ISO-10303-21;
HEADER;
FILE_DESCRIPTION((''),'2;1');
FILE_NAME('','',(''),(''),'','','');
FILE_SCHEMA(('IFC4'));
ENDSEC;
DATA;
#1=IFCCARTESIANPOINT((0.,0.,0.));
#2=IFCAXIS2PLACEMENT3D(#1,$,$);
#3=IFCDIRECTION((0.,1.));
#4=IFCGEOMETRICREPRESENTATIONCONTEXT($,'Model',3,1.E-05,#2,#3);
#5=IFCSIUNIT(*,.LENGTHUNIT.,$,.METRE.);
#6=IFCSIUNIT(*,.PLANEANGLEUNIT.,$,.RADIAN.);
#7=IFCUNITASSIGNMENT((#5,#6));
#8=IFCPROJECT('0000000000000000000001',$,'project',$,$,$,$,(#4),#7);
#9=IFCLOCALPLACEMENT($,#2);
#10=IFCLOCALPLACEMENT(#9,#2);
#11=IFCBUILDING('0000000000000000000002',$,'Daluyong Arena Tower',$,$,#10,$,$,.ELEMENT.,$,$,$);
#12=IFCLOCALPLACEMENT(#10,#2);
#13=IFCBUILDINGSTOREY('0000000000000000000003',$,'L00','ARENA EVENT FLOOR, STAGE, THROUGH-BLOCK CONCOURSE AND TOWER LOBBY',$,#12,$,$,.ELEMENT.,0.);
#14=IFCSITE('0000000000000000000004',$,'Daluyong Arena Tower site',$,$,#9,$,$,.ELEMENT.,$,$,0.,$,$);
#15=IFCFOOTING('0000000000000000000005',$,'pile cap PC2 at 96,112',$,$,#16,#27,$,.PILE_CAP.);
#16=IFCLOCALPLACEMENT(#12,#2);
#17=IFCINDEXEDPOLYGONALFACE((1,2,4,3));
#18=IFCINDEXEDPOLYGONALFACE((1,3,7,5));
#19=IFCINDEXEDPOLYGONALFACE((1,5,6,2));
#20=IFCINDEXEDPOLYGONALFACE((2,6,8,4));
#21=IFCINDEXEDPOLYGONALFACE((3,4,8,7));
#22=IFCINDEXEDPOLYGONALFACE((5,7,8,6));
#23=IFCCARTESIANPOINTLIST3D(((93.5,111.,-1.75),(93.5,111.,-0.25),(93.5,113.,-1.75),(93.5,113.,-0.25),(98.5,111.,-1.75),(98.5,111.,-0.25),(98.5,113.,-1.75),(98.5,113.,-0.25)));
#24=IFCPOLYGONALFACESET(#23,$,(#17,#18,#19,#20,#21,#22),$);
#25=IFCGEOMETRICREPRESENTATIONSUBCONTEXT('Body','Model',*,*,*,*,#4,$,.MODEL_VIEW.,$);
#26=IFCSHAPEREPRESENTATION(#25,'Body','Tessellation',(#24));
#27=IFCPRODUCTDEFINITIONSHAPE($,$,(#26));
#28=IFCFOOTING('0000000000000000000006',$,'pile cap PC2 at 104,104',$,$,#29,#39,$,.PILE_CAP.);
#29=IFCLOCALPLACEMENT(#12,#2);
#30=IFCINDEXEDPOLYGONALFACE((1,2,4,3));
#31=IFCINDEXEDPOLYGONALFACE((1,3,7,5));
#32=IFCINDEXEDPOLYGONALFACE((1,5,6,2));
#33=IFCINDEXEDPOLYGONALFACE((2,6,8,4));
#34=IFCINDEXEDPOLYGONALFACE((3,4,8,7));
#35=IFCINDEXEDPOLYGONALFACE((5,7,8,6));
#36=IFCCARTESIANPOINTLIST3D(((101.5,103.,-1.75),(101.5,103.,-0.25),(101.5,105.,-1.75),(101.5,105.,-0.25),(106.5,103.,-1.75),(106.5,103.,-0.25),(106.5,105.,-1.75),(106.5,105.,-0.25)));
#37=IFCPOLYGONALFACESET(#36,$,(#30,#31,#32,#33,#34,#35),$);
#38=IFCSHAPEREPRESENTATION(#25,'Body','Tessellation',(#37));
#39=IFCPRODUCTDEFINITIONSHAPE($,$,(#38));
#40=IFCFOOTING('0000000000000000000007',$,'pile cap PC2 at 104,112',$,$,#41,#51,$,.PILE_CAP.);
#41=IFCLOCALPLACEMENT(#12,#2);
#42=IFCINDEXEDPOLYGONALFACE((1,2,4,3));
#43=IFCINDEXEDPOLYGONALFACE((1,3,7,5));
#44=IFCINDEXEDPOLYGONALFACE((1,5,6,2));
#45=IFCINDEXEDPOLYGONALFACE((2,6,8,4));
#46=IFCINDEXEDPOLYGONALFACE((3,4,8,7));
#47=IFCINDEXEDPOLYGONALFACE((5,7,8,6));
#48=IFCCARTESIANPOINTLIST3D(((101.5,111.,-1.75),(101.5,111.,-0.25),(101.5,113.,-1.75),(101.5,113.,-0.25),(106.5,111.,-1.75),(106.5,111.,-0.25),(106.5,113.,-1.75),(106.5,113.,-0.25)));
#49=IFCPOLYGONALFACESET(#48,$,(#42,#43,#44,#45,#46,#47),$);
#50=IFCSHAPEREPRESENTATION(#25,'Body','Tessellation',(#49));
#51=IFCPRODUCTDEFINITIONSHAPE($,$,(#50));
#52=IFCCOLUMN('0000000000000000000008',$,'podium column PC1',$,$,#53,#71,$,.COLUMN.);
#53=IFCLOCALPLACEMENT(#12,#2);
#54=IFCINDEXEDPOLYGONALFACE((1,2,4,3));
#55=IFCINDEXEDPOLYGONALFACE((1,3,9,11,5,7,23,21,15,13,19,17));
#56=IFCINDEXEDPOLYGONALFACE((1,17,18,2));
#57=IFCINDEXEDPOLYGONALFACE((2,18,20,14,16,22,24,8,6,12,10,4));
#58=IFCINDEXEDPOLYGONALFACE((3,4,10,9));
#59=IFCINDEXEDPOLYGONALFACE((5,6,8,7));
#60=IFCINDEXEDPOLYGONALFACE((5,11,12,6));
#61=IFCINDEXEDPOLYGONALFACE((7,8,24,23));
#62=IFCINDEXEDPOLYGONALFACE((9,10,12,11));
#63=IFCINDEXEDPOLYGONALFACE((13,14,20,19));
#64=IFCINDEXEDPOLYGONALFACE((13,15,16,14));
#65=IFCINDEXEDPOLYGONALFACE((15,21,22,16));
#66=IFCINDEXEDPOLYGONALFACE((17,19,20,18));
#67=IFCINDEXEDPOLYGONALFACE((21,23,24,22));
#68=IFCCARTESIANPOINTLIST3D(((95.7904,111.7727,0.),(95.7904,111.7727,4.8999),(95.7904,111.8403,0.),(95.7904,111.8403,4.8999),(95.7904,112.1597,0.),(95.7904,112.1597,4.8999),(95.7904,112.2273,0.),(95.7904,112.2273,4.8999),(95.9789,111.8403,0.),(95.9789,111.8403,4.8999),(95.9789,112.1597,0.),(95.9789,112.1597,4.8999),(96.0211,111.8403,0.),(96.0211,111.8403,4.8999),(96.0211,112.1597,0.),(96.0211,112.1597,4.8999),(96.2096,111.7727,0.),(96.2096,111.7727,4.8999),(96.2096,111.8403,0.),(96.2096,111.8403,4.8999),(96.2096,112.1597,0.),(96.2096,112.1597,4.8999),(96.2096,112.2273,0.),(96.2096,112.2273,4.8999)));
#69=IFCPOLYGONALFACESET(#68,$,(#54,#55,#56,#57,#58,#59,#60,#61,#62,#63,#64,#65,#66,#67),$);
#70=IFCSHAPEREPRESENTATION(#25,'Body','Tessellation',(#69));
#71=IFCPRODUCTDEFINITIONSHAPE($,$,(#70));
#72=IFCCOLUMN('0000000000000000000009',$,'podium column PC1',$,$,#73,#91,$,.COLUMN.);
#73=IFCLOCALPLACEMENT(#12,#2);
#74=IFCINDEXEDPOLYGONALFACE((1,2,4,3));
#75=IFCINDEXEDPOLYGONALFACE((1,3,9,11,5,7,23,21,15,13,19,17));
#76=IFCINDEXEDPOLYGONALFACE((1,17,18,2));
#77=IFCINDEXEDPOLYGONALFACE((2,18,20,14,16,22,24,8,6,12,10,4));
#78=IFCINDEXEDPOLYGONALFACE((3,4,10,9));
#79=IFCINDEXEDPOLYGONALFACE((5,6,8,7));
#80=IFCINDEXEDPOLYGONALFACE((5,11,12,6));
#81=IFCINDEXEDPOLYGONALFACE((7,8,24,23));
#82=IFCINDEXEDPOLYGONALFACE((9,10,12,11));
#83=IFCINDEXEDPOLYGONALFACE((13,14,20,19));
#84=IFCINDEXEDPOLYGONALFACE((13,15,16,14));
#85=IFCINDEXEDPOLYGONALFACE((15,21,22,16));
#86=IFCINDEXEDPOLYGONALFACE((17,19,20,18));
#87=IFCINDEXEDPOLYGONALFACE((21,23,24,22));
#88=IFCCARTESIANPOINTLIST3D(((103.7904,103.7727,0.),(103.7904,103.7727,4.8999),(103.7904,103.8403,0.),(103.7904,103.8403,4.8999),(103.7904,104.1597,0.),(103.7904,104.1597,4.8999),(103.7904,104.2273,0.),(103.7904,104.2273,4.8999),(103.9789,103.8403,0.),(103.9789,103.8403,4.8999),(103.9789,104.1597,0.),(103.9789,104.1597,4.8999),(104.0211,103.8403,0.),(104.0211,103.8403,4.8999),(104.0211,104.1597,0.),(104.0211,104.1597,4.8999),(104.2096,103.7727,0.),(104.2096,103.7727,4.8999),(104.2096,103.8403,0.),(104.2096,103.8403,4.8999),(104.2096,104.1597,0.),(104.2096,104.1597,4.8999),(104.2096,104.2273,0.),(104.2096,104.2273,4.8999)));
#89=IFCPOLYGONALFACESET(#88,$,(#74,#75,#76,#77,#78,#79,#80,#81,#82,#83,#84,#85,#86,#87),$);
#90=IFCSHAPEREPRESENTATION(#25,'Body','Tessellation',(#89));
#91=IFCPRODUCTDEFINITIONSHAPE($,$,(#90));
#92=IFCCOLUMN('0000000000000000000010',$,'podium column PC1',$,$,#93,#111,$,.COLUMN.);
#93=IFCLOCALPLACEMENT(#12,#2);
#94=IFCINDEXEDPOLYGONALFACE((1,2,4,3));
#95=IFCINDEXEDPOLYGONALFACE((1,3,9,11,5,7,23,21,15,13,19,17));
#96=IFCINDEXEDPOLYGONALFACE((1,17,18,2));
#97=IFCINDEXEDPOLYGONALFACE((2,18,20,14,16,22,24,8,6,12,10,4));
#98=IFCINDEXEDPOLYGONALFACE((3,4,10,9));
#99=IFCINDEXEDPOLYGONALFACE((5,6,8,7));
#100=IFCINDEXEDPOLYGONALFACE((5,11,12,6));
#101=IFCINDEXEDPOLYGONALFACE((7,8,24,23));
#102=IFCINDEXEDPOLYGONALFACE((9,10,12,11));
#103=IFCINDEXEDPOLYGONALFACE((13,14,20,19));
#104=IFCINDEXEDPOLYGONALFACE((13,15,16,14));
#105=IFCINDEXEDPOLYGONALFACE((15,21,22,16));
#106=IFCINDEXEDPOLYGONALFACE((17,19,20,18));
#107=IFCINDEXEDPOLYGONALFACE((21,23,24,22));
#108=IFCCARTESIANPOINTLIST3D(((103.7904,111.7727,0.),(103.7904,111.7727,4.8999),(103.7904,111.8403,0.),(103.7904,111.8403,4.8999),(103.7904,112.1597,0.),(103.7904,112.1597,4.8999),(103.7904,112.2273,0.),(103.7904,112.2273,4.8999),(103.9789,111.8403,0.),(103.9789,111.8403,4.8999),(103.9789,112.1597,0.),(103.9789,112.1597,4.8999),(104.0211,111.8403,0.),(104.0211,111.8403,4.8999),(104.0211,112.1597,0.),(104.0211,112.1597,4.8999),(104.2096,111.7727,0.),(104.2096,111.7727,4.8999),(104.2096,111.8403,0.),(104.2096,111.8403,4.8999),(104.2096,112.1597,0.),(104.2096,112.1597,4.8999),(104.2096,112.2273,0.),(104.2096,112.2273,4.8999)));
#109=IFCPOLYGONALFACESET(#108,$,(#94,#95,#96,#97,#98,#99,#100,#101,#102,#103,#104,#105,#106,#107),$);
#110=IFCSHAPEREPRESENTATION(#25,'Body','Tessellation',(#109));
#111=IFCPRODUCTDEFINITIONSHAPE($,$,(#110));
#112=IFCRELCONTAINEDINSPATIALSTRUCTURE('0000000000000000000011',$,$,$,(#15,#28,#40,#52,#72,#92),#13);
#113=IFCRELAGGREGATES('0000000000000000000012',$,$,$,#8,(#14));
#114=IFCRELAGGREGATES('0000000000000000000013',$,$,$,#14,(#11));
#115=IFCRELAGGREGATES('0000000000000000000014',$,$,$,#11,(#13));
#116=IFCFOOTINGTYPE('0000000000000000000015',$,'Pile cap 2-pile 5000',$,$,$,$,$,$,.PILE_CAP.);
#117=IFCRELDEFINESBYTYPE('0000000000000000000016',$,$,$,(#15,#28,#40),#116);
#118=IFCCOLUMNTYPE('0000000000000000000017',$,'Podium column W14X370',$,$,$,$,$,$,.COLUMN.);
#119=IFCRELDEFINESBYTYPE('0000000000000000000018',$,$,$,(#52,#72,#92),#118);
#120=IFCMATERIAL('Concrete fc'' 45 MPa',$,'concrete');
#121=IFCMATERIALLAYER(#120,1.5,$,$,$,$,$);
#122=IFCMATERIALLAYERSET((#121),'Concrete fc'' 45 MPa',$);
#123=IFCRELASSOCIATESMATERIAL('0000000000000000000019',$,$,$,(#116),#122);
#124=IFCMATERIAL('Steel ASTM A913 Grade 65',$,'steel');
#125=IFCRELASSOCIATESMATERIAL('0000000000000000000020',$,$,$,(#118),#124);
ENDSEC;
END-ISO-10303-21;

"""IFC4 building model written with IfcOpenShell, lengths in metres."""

from ifc_helpers import new_model, si_unit, direction, frame, origin, origin_2d, place, context, subcontext, project, spatial, rectangle, i_section, extrude, material, layer, layer_set, material_profile, profile_set, type_object, element, save


model = new_model("IFC4")

# Units and contexts
model_context = context("Model", 3, precision=1e-05, world=origin(), true_north=direction((0.0, 1.0)))
body_context = subcontext(model_context, "Body", "Model", "MODEL_VIEW")
ifc_project = project(units=[si_unit("LENGTHUNIT", "METRE"), si_unit("PLANEANGLEUNIT", "RADIAN")], contexts=[model_context])

# Site, building, storey
site_placement = place(None, origin())
site = spatial("IfcSite", under=ifc_project, at=site_placement, Name="Daluyong Arena Tower site", CompositionType="ELEMENT", RefElevation=0.0)
building_placement = place(site_placement, origin())
building = spatial("IfcBuilding", under=site, at=building_placement, Name="Daluyong Arena Tower", CompositionType="ELEMENT")
storey_placement = place(building_placement, origin())
storey = spatial("IfcBuildingStorey", under=building, at=storey_placement, Name="L00", Description="ARENA EVENT FLOOR, STAGE, THROUGH-BLOCK CONCOURSE AND TOWER LOBBY", CompositionType="ELEMENT", Elevation=0.0)

# Footings
ifc_material_1 = material(Name="Concrete fc' 45 MPa", Category="concrete")
ifc_layer = layer(ifc_material_1, 1.5)
ifc_layer_set = layer_set([ifc_layer], Name="Concrete fc' 45 MPa")
footing_type = type_object("IfcFootingType", Name="Pile cap 2-pile 5000", PredefinedType="PILE_CAP", material=ifc_layer_set)
for number, where, z_axis, x_axis, name in (
    (1, (96.0, 112.0, -1.75), (0.0, 0.0, 1.0), (1.0, 0.0, 0.0), "pile cap PC2 at 96,112"),
    (2, (104.0, 104.0, -1.75), (0.0, 0.0, 1.0), (1.0, 0.0, 0.0), "pile cap PC2 at 104,104"),
    (3, (104.0, 112.0, -1.75), (0.0, 0.0, 1.0), (1.0, 0.0, 0.0), "pile cap PC2 at 104,112"),
):
    element("IfcFooting", number, at=place(storey_placement, frame(where, z_axis=z_axis, x_axis=x_axis)), inside=storey, type_object=footing_type, Name=name, PredefinedType="PILE_CAP", context=body_context, shape_type="SweptSolid", body=[
        extrude(rectangle(XDim=5.0, YDim=2.0, at=origin_2d()), origin(), (0.0, 0.0, 1.0), 1.5),
    ])

# Columns
ifc_material_2 = material(Name="Steel ASTM A913 Grade 65", Category="steel")
ifc_material_profile = material_profile(ifc_material_2, i_section(OverallWidth=0.4192, OverallDepth=0.4546, WebThickness=0.0422, FlangeThickness=0.0676, at=origin_2d()))
ifc_profile_set = profile_set([ifc_material_profile], Name="Steel ASTM A913 Grade 65")
column_type = type_object("IfcColumnType", Name="Podium column W14X370", PredefinedType="COLUMN", material=ifc_profile_set)
for number, where, z_axis, x_axis, name in (
    (4, (96.0, 112.0, 0.0), (0.0, 0.0, 1.0), (1.0, 0.0, 0.0), "podium column PC1"),
    (5, (104.0, 104.0, 0.0), (0.0, 0.0, 1.0), (1.0, 0.0, 0.0), "podium column PC1"),
    (6, (104.0, 112.0, 0.0), (0.0, 0.0, 1.0), (1.0, 0.0, 0.0), "podium column PC1"),
):
    element("IfcColumn", number, at=place(storey_placement, frame(where, z_axis=z_axis, x_axis=x_axis)), inside=storey, type_object=column_type, Name=name, PredefinedType="COLUMN", context=body_context, shape_type="SweptSolid", body=[
        extrude(i_section(OverallWidth=0.4192, OverallDepth=0.4546, WebThickness=0.0422, FlangeThickness=0.0676, at=origin_2d()), origin(), (0.0, 0.0, 1.0), 4.8999),
    ])

save(model, "model.ifc")
